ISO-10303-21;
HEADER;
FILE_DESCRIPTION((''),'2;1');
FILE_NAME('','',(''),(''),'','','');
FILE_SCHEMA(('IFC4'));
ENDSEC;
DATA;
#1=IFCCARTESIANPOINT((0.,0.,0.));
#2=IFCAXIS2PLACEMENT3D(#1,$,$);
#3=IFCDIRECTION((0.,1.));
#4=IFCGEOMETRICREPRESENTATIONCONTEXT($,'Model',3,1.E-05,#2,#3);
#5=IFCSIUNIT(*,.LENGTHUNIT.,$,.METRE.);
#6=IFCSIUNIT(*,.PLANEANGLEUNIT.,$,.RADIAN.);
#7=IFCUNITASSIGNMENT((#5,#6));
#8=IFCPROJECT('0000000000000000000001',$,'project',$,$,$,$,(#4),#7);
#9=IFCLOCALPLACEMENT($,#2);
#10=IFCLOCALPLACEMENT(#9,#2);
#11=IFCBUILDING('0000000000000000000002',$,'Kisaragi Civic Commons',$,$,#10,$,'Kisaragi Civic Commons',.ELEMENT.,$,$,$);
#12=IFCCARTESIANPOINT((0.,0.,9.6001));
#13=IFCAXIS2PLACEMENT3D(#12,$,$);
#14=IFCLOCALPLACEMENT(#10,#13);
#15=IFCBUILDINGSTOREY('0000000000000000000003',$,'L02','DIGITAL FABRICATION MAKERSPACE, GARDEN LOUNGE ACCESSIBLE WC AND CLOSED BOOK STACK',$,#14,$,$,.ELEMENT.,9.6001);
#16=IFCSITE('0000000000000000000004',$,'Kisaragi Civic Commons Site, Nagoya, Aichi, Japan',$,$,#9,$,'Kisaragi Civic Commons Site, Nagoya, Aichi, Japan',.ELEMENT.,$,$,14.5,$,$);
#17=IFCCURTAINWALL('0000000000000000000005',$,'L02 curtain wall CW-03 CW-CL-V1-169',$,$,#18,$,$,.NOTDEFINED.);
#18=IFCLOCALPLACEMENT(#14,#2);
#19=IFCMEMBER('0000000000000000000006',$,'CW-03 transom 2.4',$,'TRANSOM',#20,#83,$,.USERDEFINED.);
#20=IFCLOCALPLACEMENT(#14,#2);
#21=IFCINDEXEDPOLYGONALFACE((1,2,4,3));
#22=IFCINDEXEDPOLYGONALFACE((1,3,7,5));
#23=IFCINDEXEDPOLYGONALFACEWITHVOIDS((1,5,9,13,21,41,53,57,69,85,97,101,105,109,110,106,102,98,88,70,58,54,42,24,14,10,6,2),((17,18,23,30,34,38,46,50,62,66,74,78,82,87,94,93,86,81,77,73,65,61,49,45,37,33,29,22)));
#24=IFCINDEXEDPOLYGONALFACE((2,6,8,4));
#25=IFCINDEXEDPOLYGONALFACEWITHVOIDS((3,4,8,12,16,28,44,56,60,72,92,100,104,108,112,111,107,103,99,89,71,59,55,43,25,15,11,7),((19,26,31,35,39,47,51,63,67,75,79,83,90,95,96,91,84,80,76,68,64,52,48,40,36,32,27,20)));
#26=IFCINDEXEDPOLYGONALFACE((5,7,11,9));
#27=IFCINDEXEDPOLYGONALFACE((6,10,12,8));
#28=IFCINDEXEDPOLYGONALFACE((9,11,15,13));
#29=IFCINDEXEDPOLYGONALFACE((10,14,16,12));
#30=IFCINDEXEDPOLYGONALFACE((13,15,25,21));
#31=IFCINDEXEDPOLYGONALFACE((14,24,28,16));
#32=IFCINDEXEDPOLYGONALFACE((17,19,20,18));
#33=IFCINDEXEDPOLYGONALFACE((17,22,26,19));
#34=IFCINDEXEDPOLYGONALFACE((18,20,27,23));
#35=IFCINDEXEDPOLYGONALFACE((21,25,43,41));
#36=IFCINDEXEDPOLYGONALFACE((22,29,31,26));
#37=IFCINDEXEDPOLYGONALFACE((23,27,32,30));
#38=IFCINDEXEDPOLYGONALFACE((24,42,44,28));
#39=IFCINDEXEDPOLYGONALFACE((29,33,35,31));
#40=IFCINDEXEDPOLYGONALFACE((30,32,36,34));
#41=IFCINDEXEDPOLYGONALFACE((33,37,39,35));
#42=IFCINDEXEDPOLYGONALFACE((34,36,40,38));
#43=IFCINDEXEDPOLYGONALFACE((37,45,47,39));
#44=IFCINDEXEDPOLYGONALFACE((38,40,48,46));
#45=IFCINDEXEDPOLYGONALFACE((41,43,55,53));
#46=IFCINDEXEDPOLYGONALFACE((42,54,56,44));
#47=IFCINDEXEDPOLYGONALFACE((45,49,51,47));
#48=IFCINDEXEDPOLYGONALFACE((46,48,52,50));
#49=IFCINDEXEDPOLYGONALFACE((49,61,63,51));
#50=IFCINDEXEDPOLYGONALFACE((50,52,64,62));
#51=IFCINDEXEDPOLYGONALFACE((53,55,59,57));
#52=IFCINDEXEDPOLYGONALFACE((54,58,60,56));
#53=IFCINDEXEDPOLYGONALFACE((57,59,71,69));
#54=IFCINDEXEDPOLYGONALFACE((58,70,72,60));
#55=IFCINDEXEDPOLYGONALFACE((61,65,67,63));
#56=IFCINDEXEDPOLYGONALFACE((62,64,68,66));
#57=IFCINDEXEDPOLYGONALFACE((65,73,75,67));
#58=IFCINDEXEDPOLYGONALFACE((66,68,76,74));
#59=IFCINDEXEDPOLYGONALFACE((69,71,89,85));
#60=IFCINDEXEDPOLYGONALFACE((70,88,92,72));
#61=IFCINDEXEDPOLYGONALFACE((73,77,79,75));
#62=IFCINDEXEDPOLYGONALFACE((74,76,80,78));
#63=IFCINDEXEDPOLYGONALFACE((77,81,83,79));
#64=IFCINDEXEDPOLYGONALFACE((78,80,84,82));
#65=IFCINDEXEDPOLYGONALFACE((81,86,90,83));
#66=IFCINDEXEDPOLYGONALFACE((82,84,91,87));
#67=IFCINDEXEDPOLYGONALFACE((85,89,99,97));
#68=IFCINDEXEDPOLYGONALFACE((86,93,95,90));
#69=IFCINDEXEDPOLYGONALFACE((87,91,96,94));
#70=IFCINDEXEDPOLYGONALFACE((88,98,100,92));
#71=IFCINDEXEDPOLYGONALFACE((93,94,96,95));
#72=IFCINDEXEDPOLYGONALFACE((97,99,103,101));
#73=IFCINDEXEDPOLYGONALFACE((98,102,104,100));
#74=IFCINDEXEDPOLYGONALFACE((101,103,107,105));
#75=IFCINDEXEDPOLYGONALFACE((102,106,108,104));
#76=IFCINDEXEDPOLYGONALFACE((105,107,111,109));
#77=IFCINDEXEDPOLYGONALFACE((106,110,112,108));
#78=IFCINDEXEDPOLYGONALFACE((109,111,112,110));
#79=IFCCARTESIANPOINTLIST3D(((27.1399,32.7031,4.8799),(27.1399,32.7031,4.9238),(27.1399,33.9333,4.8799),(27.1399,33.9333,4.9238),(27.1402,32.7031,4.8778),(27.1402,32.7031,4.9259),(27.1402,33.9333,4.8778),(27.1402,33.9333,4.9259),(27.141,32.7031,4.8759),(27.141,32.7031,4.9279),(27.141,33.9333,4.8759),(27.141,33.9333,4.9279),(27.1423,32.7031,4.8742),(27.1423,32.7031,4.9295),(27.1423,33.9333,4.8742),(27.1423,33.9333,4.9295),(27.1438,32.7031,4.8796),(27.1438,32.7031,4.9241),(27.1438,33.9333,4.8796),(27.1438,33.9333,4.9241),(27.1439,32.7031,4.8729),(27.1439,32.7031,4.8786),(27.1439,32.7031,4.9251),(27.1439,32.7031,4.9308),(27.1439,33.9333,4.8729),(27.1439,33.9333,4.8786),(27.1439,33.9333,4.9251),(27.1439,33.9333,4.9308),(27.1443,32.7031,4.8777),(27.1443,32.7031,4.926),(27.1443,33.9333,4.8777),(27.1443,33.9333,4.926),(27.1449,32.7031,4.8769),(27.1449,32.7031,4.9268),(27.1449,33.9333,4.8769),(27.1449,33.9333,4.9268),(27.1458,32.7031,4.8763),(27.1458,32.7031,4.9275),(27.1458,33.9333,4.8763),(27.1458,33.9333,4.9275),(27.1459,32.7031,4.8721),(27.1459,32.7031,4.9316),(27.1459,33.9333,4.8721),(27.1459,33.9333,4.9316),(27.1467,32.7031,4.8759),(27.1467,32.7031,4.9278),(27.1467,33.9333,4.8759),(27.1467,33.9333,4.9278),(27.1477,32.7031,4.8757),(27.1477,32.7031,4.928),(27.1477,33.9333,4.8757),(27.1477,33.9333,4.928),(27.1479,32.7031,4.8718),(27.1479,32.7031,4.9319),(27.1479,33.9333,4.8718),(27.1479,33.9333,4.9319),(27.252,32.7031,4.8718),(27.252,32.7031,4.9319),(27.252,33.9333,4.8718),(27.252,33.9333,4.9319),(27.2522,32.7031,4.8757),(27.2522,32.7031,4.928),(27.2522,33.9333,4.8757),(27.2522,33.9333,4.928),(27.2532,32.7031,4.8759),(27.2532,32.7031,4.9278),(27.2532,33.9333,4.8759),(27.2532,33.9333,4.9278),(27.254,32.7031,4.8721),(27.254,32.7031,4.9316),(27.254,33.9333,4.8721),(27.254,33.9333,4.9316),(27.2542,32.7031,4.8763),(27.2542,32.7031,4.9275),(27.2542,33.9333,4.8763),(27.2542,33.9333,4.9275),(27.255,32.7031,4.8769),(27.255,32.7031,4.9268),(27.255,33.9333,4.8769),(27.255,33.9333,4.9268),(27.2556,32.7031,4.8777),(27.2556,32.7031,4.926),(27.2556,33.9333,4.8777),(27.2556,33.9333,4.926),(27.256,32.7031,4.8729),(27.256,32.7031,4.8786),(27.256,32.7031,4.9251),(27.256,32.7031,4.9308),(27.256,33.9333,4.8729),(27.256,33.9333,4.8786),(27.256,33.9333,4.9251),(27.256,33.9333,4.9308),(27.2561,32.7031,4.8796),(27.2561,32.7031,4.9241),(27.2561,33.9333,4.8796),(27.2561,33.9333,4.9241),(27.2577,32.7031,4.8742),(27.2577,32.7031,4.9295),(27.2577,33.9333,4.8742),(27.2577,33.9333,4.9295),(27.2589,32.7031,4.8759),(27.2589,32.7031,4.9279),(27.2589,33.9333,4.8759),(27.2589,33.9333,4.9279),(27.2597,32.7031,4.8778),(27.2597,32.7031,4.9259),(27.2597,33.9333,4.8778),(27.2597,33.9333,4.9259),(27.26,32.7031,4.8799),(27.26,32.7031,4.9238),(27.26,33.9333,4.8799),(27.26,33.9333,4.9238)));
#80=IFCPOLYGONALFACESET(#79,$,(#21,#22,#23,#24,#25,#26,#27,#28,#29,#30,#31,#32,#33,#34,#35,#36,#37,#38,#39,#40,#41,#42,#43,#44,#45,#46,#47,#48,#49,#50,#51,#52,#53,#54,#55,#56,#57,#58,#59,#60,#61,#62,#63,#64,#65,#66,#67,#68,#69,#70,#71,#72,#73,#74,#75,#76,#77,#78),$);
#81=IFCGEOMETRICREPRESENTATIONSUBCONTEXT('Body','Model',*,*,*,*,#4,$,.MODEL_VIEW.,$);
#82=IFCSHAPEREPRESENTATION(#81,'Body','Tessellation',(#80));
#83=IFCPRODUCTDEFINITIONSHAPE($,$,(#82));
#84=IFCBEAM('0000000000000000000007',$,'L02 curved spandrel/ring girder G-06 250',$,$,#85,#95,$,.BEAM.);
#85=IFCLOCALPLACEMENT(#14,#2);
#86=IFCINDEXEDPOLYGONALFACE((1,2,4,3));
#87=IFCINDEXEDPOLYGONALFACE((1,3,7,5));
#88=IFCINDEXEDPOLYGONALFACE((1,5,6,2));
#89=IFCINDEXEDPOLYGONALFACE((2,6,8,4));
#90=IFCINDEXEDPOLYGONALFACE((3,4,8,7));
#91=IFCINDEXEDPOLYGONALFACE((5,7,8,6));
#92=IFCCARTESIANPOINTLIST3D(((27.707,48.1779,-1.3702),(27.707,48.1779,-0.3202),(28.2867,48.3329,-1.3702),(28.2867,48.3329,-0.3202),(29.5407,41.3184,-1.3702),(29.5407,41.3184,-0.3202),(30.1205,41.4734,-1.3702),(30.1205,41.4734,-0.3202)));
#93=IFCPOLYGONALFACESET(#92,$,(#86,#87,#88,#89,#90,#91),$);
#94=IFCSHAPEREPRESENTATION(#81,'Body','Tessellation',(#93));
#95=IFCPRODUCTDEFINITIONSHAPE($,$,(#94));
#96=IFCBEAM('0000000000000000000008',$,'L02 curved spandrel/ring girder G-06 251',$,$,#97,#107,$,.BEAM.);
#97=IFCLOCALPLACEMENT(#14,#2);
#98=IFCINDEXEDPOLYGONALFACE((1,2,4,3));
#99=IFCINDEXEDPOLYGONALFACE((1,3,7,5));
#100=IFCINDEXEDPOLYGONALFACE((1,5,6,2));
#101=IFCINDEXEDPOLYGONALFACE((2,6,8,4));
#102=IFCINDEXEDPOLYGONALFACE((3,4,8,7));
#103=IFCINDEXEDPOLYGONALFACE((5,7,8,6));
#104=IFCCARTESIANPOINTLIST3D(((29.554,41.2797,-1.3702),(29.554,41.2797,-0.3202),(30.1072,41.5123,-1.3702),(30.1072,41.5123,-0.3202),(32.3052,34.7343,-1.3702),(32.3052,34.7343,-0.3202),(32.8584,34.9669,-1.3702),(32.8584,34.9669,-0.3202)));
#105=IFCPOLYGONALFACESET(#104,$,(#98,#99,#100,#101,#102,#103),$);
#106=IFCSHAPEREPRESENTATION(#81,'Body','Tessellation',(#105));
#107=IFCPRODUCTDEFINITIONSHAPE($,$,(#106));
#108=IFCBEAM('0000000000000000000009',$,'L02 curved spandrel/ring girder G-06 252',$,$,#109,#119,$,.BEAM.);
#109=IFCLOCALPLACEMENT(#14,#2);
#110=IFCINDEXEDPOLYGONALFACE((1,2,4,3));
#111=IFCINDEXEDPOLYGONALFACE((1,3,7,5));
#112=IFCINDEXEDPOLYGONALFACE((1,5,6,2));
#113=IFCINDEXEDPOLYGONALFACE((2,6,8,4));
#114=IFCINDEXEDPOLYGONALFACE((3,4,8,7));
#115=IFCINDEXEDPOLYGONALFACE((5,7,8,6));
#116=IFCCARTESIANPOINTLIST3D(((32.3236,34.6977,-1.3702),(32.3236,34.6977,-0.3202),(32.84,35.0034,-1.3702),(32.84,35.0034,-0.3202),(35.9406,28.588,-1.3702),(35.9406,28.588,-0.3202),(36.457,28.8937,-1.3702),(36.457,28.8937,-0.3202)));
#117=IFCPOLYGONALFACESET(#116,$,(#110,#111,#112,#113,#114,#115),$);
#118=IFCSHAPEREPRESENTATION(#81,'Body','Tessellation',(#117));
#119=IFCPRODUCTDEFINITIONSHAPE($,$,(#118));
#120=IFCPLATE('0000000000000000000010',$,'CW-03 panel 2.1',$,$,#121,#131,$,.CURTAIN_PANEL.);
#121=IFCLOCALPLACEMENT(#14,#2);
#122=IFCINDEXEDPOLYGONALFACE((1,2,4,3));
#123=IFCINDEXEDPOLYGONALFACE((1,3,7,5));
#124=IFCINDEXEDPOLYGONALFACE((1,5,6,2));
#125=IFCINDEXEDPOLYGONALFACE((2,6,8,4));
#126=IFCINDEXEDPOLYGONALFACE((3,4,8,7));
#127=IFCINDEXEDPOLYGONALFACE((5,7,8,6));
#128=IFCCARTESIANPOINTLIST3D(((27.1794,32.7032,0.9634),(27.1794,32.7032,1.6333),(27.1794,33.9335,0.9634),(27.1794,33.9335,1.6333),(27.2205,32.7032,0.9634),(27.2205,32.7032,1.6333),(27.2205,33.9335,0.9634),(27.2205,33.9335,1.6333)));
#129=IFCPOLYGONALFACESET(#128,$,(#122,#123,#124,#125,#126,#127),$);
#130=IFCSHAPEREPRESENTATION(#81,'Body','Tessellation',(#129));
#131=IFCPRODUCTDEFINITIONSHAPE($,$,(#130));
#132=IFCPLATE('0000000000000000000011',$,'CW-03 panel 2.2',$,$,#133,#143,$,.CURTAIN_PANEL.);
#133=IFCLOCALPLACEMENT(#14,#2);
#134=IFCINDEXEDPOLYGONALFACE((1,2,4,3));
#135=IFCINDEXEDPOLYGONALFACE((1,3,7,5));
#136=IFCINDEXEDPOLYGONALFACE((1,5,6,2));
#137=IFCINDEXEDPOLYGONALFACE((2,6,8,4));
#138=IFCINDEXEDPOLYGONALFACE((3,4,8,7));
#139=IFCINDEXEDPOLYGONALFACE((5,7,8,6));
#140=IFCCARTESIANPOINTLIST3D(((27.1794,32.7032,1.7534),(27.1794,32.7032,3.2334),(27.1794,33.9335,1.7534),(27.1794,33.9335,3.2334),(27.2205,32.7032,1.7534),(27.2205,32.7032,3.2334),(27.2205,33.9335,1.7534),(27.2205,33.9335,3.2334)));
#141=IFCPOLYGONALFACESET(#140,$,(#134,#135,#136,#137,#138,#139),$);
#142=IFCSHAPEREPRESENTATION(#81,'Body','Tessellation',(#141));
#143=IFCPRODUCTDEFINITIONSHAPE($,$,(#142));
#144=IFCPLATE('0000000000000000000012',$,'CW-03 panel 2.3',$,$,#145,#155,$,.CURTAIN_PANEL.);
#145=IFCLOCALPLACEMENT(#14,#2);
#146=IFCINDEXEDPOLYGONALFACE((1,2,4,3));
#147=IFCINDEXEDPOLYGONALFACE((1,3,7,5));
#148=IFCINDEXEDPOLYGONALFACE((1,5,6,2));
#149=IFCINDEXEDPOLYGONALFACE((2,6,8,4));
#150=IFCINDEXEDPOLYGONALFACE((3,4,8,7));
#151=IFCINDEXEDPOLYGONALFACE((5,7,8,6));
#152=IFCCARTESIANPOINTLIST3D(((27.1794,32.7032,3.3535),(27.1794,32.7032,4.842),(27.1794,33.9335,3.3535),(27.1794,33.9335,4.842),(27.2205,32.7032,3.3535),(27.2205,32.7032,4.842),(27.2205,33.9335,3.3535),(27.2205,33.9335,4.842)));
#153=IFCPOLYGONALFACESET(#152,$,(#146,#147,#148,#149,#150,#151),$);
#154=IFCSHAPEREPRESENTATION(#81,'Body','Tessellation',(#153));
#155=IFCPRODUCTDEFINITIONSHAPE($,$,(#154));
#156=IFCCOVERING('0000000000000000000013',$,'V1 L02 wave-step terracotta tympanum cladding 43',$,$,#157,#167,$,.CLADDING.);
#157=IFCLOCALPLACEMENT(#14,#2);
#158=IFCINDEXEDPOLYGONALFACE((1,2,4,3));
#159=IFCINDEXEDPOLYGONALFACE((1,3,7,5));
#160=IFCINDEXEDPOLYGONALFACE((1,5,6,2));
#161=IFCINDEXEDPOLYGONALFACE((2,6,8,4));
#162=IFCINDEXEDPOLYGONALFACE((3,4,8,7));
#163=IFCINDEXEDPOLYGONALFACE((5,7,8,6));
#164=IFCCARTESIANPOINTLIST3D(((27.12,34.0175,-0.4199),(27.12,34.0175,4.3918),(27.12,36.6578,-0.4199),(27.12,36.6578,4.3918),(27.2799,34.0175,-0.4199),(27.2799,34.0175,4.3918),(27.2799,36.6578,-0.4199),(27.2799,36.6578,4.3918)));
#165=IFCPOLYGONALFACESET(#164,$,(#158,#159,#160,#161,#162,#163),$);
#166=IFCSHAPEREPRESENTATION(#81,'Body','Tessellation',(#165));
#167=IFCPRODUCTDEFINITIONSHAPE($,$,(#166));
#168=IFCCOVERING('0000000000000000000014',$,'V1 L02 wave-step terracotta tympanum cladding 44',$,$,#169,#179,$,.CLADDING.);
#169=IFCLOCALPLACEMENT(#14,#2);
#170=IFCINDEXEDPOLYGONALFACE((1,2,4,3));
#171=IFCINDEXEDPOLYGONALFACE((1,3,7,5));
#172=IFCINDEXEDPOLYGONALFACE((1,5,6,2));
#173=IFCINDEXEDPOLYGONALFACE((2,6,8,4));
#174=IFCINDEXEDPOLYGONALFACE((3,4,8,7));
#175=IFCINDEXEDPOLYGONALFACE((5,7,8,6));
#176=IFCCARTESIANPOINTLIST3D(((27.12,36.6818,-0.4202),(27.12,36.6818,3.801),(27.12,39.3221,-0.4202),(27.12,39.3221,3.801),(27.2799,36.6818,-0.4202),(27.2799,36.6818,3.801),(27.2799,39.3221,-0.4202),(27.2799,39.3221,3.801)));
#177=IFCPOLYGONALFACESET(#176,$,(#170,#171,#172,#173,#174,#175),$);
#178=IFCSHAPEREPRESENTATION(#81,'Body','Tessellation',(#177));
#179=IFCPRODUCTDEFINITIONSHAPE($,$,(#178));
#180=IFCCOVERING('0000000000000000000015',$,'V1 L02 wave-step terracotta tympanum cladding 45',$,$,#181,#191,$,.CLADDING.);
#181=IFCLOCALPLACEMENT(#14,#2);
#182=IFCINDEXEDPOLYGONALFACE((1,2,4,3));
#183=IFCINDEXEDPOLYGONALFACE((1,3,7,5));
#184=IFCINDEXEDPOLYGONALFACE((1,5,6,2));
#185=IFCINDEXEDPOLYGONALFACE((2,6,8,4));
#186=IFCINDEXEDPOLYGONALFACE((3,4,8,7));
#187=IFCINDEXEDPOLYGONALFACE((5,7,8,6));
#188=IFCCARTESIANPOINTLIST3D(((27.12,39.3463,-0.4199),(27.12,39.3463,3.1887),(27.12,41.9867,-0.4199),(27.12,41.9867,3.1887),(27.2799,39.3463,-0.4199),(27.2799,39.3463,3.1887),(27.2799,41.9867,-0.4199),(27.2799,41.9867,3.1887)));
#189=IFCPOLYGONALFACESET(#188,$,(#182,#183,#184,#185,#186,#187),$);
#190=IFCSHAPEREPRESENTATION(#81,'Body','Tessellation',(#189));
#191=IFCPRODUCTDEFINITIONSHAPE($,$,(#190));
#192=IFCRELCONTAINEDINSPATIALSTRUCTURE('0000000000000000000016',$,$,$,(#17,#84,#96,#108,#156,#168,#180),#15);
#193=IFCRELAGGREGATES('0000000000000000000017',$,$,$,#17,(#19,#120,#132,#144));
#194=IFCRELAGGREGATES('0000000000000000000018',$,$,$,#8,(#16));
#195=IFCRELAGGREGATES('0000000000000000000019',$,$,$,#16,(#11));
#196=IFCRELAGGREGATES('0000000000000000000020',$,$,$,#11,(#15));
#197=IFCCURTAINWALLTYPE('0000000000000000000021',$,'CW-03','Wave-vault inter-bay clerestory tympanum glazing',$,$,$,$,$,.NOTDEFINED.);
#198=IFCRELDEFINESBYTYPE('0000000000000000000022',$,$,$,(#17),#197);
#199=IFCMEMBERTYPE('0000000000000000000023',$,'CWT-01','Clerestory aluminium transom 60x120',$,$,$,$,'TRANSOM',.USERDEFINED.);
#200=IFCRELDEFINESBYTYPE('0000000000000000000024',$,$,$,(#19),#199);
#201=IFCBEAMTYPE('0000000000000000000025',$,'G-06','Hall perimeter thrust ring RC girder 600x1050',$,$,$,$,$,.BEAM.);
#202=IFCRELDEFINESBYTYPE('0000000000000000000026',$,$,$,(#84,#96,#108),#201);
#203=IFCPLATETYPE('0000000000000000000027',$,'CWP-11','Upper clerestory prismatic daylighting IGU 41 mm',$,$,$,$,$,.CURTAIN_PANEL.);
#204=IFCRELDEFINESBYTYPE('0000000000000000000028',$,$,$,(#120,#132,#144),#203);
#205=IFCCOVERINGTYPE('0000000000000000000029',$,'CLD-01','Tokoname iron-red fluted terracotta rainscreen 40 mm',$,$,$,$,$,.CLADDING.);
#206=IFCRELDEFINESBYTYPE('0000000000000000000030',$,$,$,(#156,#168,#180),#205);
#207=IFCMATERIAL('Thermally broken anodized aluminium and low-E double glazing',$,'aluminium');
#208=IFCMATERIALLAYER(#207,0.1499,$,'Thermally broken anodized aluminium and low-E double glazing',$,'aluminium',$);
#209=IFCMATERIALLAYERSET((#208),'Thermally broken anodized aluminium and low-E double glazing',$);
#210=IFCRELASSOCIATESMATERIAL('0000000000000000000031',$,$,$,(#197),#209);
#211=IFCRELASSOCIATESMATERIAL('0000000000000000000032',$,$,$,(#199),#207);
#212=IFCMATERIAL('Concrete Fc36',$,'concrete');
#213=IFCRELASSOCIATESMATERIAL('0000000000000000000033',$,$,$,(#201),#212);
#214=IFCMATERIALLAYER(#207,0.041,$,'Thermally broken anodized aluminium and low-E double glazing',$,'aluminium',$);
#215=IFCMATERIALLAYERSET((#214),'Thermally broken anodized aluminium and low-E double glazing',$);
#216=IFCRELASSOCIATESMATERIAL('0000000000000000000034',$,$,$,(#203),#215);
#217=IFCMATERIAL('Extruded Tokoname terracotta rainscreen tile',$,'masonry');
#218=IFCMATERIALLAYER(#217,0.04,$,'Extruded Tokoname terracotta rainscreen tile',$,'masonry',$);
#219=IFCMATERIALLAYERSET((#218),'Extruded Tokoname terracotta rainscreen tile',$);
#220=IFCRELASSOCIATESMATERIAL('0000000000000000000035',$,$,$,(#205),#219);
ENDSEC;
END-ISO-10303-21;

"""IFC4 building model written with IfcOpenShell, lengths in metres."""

from ifc_helpers import new_model, si_unit, direction, frame, origin, origin_2d, place, context, subcontext, project, spatial, rectangle, hollow_rectangle, extrude, material, layer, layer_set, material_profile, profile_set, type_object, element, aggregate, save


model = new_model("IFC4")

# Units and contexts
model_context = context("Model", 3, precision=1e-05, world=origin(), true_north=direction((0.0, 1.0)))
body_context = subcontext(model_context, "Body", "Model", "MODEL_VIEW")
ifc_project = project(units=[si_unit("LENGTHUNIT", "METRE"), si_unit("PLANEANGLEUNIT", "RADIAN")], contexts=[model_context])

# Site, building, storey
site_placement = place(None, origin())
site = spatial("IfcSite", under=ifc_project, at=site_placement, Name="Kisaragi Civic Commons Site, Nagoya, Aichi, Japan", LongName="Kisaragi Civic Commons Site, Nagoya, Aichi, Japan", CompositionType="ELEMENT", RefElevation=14.5)
building_placement = place(site_placement, origin())
building = spatial("IfcBuilding", under=site, at=building_placement, Name="Kisaragi Civic Commons", LongName="Kisaragi Civic Commons", CompositionType="ELEMENT")
storey_placement = place(building_placement, frame((0.0, 0.0, 9.6001)))
storey = spatial("IfcBuildingStorey", under=building, at=storey_placement, Name="L02", Description="DIGITAL FABRICATION MAKERSPACE, GARDEN LOUNGE ACCESSIBLE WC AND CLOSED BOOK STACK", CompositionType="ELEMENT", Elevation=9.6001)

# Curtain wall, member
ifc_material_1 = material(Name="Thermally broken anodized aluminium and low-E double glazing", Category="aluminium")
ifc_layer_1 = layer(ifc_material_1, 0.1499, Name="Thermally broken anodized aluminium and low-E double glazing", Category="aluminium")
ifc_layer_set_1 = layer_set([ifc_layer_1], Name="Thermally broken anodized aluminium and low-E double glazing")
curtain_wall_type = type_object("IfcCurtainWallType", Name="CW-03", Description="Wave-vault inter-bay clerestory tympanum glazing", PredefinedType="NOTDEFINED", material=ifc_layer_set_1)
curtain_wall_placement = place(storey_placement, origin())
curtain_wall = element("IfcCurtainWall", 1, at=curtain_wall_placement, inside=storey, type_object=curtain_wall_type, Name="L02 curtain wall CW-03 CW-CL-V1-169", PredefinedType="NOTDEFINED")
ifc_material_profile_1 = material_profile(ifc_material_1, hollow_rectangle(XDim=0.1201, YDim=0.0601, WallThickness=0.0039, InnerFilletRadius=0.0039, OuterFilletRadius=0.0081, at=origin_2d()), Name="CWT-60x120x4", Category="aluminium")
ifc_profile_set_1 = profile_set([ifc_material_profile_1], Name="Thermally broken anodized aluminium and low-E double glazing")
member_type_1 = type_object("IfcMemberType", Name="CWT-01", Description="Clerestory aluminium transom 60x120", ElementType="TRANSOM", PredefinedType="USERDEFINED", material=ifc_profile_set_1)
member_1_placement = place(storey_placement, frame((27.2, 32.7031, 4.9019), z_axis=(0.0, 1.0, 0.0), x_axis=(-1.0, 0.0, 0.0)))
member_1 = element("IfcMember", 2, at=member_1_placement, type_object=member_type_1, Name="CW-03 transom 2.4", ObjectType="TRANSOM", PredefinedType="USERDEFINED", context=body_context, shape_type="SweptSolid", body=[
    extrude(hollow_rectangle(XDim=0.1201, YDim=0.0601, WallThickness=0.0039, InnerFilletRadius=0.0039, OuterFilletRadius=0.0081, at=origin_2d()), origin(), (0.0, 0.0, 1.0), 1.2302),
])

# Beams
ifc_material_2 = material(Name="Concrete Fc36", Category="concrete")
ifc_material_profile_2 = material_profile(ifc_material_2, rectangle(XDim=0.6001, YDim=1.05, at=origin_2d()), Name="RC-600x1050", Category="concrete")
ifc_profile_set_2 = profile_set([ifc_material_profile_2], Name="Concrete Fc36")
beam_type = type_object("IfcBeamType", Name="G-06", Description="Hall perimeter thrust ring RC girder 600x1050", PredefinedType="BEAM", material=ifc_profile_set_2)
beam_placement = place(storey_placement, frame((27.9968, 48.2554, -0.8452), z_axis=(0.258264, -0.966074, 0.0), x_axis=(0.966074, 0.258264, 0.0)))
element("IfcBeam", 3, at=beam_placement, inside=storey, type_object=beam_type, Name="L02 curved spandrel/ring girder G-06 250", PredefinedType="BEAM", context=body_context, shape_type="SweptSolid", body=[
    extrude(rectangle(XDim=0.6001, YDim=1.05, at=origin_2d()), origin(), (0.0, 0.0, 1.0), 7.1003),
])
for number, where, z_axis, x_axis, name in (
    (4, (29.8306, 41.396, -0.8452), (0.38749, -0.921874, 0.0), (0.921874, 0.38749, 0.0), "L02 curved spandrel/ring girder G-06 251"),
    (5, (32.5818, 34.8506, -0.8452), (0.50943, -0.860512, 0.0), (0.860512, 0.50943, 0.0), "L02 curved spandrel/ring girder G-06 252"),
):
    element("IfcBeam", number, at=place(storey_placement, frame(where, z_axis=z_axis, x_axis=x_axis)), inside=storey, type_object=beam_type, Name=name, PredefinedType="BEAM", context=body_context, shape_type="SweptSolid", body=[
        extrude(rectangle(XDim=0.6001, YDim=1.05, at=origin_2d()), origin(), (0.0, 0.0, 1.0), 7.1001),
    ])

# Plates
ifc_layer_2 = layer(ifc_material_1, 0.041, Name="Thermally broken anodized aluminium and low-E double glazing", Category="aluminium")
ifc_layer_set_2 = layer_set([ifc_layer_2], Name="Thermally broken anodized aluminium and low-E double glazing")
plate_type = type_object("IfcPlateType", Name="CWP-11", Description="Upper clerestory prismatic daylighting IGU 41 mm", PredefinedType="CURTAIN_PANEL", material=ifc_layer_set_2)
plate_1_placement = place(storey_placement, frame((27.2, 33.3184, 0.9634), z_axis=(0.0, 0.0, 1.0), x_axis=(0.0, 1.0, 0.0)))
plate_1 = element("IfcPlate", 6, at=plate_1_placement, type_object=plate_type, Name="CW-03 panel 2.1", PredefinedType="CURTAIN_PANEL", context=body_context, shape_type="SweptSolid", body=[
    extrude(rectangle(XDim=1.2302, YDim=0.041, at=origin_2d()), origin(), (0.0, 0.0, 1.0), 0.6699),
])
plate_2_placement = place(storey_placement, frame((27.2, 33.3184, 1.7534), z_axis=(0.0, 0.0, 1.0), x_axis=(0.0, 1.0, 0.0)))
plate_2 = element("IfcPlate", 7, at=plate_2_placement, type_object=plate_type, Name="CW-03 panel 2.2", PredefinedType="CURTAIN_PANEL", context=body_context, shape_type="SweptSolid", body=[
    extrude(rectangle(XDim=1.2302, YDim=0.041, at=origin_2d()), origin(), (0.0, 0.0, 1.0), 1.48),
])
plate_3_placement = place(storey_placement, frame((27.2, 33.3184, 3.3535), z_axis=(0.0, 0.0, 1.0), x_axis=(0.0, 1.0, 0.0)))
plate_3 = element("IfcPlate", 8, at=plate_3_placement, type_object=plate_type, Name="CW-03 panel 2.3", PredefinedType="CURTAIN_PANEL", context=body_context, shape_type="SweptSolid", body=[
    extrude(rectangle(XDim=1.2302, YDim=0.041, at=origin_2d()), origin(), (0.0, 0.0, 1.0), 1.4885),
])
aggregate(curtain_wall, [member_1, plate_1, plate_2, plate_3])

# Coverings
ifc_material_3 = material(Name="Extruded Tokoname terracotta rainscreen tile", Category="masonry")
ifc_layer_3 = layer(ifc_material_3, 0.04, Name="Extruded Tokoname terracotta rainscreen tile", Category="masonry")
ifc_layer_set_3 = layer_set([ifc_layer_3], Name="Extruded Tokoname terracotta rainscreen tile")
covering_type = type_object("IfcCoveringType", Name="CLD-01", Description="Tokoname iron-red fluted terracotta rainscreen 40 mm", PredefinedType="CLADDING", material=ifc_layer_set_3)
covering_1_placement = place(storey_placement, frame((27.2, 35.3376, -0.4199), z_axis=(0.0, 0.0, 1.0), x_axis=(0.0, 1.0, 0.0)))
element("IfcCovering", 9, at=covering_1_placement, inside=storey, type_object=covering_type, Name="V1 L02 wave-step terracotta tympanum cladding 43", PredefinedType="CLADDING", context=body_context, shape_type="SweptSolid", body=[
    extrude(rectangle(XDim=2.6404, YDim=0.1599, at=origin_2d()), origin(), (0.0, 0.0, 1.0), 4.8118),
])
covering_2_placement = place(storey_placement, frame((27.2, 38.002, -0.4202), z_axis=(0.0, 0.0, 1.0), x_axis=(0.0, 1.0, 0.0)))
element("IfcCovering", 10, at=covering_2_placement, inside=storey, type_object=covering_type, Name="V1 L02 wave-step terracotta tympanum cladding 44", PredefinedType="CLADDING", context=body_context, shape_type="SweptSolid", body=[
    extrude(rectangle(XDim=2.6404, YDim=0.1599, at=origin_2d()), origin(), (0.0, 0.0, 1.0), 4.2212),
])
covering_3_placement = place(storey_placement, frame((27.2, 40.6665, -0.4199), z_axis=(0.0, 0.0, 1.0), x_axis=(0.0, 1.0, 0.0)))
element("IfcCovering", 11, at=covering_3_placement, inside=storey, type_object=covering_type, Name="V1 L02 wave-step terracotta tympanum cladding 45", PredefinedType="CLADDING", context=body_context, shape_type="SweptSolid", body=[
    extrude(rectangle(XDim=2.6404, YDim=0.1599, at=origin_2d()), origin(), (0.0, 0.0, 1.0), 3.6086),
])

save(model, "model.ifc")
